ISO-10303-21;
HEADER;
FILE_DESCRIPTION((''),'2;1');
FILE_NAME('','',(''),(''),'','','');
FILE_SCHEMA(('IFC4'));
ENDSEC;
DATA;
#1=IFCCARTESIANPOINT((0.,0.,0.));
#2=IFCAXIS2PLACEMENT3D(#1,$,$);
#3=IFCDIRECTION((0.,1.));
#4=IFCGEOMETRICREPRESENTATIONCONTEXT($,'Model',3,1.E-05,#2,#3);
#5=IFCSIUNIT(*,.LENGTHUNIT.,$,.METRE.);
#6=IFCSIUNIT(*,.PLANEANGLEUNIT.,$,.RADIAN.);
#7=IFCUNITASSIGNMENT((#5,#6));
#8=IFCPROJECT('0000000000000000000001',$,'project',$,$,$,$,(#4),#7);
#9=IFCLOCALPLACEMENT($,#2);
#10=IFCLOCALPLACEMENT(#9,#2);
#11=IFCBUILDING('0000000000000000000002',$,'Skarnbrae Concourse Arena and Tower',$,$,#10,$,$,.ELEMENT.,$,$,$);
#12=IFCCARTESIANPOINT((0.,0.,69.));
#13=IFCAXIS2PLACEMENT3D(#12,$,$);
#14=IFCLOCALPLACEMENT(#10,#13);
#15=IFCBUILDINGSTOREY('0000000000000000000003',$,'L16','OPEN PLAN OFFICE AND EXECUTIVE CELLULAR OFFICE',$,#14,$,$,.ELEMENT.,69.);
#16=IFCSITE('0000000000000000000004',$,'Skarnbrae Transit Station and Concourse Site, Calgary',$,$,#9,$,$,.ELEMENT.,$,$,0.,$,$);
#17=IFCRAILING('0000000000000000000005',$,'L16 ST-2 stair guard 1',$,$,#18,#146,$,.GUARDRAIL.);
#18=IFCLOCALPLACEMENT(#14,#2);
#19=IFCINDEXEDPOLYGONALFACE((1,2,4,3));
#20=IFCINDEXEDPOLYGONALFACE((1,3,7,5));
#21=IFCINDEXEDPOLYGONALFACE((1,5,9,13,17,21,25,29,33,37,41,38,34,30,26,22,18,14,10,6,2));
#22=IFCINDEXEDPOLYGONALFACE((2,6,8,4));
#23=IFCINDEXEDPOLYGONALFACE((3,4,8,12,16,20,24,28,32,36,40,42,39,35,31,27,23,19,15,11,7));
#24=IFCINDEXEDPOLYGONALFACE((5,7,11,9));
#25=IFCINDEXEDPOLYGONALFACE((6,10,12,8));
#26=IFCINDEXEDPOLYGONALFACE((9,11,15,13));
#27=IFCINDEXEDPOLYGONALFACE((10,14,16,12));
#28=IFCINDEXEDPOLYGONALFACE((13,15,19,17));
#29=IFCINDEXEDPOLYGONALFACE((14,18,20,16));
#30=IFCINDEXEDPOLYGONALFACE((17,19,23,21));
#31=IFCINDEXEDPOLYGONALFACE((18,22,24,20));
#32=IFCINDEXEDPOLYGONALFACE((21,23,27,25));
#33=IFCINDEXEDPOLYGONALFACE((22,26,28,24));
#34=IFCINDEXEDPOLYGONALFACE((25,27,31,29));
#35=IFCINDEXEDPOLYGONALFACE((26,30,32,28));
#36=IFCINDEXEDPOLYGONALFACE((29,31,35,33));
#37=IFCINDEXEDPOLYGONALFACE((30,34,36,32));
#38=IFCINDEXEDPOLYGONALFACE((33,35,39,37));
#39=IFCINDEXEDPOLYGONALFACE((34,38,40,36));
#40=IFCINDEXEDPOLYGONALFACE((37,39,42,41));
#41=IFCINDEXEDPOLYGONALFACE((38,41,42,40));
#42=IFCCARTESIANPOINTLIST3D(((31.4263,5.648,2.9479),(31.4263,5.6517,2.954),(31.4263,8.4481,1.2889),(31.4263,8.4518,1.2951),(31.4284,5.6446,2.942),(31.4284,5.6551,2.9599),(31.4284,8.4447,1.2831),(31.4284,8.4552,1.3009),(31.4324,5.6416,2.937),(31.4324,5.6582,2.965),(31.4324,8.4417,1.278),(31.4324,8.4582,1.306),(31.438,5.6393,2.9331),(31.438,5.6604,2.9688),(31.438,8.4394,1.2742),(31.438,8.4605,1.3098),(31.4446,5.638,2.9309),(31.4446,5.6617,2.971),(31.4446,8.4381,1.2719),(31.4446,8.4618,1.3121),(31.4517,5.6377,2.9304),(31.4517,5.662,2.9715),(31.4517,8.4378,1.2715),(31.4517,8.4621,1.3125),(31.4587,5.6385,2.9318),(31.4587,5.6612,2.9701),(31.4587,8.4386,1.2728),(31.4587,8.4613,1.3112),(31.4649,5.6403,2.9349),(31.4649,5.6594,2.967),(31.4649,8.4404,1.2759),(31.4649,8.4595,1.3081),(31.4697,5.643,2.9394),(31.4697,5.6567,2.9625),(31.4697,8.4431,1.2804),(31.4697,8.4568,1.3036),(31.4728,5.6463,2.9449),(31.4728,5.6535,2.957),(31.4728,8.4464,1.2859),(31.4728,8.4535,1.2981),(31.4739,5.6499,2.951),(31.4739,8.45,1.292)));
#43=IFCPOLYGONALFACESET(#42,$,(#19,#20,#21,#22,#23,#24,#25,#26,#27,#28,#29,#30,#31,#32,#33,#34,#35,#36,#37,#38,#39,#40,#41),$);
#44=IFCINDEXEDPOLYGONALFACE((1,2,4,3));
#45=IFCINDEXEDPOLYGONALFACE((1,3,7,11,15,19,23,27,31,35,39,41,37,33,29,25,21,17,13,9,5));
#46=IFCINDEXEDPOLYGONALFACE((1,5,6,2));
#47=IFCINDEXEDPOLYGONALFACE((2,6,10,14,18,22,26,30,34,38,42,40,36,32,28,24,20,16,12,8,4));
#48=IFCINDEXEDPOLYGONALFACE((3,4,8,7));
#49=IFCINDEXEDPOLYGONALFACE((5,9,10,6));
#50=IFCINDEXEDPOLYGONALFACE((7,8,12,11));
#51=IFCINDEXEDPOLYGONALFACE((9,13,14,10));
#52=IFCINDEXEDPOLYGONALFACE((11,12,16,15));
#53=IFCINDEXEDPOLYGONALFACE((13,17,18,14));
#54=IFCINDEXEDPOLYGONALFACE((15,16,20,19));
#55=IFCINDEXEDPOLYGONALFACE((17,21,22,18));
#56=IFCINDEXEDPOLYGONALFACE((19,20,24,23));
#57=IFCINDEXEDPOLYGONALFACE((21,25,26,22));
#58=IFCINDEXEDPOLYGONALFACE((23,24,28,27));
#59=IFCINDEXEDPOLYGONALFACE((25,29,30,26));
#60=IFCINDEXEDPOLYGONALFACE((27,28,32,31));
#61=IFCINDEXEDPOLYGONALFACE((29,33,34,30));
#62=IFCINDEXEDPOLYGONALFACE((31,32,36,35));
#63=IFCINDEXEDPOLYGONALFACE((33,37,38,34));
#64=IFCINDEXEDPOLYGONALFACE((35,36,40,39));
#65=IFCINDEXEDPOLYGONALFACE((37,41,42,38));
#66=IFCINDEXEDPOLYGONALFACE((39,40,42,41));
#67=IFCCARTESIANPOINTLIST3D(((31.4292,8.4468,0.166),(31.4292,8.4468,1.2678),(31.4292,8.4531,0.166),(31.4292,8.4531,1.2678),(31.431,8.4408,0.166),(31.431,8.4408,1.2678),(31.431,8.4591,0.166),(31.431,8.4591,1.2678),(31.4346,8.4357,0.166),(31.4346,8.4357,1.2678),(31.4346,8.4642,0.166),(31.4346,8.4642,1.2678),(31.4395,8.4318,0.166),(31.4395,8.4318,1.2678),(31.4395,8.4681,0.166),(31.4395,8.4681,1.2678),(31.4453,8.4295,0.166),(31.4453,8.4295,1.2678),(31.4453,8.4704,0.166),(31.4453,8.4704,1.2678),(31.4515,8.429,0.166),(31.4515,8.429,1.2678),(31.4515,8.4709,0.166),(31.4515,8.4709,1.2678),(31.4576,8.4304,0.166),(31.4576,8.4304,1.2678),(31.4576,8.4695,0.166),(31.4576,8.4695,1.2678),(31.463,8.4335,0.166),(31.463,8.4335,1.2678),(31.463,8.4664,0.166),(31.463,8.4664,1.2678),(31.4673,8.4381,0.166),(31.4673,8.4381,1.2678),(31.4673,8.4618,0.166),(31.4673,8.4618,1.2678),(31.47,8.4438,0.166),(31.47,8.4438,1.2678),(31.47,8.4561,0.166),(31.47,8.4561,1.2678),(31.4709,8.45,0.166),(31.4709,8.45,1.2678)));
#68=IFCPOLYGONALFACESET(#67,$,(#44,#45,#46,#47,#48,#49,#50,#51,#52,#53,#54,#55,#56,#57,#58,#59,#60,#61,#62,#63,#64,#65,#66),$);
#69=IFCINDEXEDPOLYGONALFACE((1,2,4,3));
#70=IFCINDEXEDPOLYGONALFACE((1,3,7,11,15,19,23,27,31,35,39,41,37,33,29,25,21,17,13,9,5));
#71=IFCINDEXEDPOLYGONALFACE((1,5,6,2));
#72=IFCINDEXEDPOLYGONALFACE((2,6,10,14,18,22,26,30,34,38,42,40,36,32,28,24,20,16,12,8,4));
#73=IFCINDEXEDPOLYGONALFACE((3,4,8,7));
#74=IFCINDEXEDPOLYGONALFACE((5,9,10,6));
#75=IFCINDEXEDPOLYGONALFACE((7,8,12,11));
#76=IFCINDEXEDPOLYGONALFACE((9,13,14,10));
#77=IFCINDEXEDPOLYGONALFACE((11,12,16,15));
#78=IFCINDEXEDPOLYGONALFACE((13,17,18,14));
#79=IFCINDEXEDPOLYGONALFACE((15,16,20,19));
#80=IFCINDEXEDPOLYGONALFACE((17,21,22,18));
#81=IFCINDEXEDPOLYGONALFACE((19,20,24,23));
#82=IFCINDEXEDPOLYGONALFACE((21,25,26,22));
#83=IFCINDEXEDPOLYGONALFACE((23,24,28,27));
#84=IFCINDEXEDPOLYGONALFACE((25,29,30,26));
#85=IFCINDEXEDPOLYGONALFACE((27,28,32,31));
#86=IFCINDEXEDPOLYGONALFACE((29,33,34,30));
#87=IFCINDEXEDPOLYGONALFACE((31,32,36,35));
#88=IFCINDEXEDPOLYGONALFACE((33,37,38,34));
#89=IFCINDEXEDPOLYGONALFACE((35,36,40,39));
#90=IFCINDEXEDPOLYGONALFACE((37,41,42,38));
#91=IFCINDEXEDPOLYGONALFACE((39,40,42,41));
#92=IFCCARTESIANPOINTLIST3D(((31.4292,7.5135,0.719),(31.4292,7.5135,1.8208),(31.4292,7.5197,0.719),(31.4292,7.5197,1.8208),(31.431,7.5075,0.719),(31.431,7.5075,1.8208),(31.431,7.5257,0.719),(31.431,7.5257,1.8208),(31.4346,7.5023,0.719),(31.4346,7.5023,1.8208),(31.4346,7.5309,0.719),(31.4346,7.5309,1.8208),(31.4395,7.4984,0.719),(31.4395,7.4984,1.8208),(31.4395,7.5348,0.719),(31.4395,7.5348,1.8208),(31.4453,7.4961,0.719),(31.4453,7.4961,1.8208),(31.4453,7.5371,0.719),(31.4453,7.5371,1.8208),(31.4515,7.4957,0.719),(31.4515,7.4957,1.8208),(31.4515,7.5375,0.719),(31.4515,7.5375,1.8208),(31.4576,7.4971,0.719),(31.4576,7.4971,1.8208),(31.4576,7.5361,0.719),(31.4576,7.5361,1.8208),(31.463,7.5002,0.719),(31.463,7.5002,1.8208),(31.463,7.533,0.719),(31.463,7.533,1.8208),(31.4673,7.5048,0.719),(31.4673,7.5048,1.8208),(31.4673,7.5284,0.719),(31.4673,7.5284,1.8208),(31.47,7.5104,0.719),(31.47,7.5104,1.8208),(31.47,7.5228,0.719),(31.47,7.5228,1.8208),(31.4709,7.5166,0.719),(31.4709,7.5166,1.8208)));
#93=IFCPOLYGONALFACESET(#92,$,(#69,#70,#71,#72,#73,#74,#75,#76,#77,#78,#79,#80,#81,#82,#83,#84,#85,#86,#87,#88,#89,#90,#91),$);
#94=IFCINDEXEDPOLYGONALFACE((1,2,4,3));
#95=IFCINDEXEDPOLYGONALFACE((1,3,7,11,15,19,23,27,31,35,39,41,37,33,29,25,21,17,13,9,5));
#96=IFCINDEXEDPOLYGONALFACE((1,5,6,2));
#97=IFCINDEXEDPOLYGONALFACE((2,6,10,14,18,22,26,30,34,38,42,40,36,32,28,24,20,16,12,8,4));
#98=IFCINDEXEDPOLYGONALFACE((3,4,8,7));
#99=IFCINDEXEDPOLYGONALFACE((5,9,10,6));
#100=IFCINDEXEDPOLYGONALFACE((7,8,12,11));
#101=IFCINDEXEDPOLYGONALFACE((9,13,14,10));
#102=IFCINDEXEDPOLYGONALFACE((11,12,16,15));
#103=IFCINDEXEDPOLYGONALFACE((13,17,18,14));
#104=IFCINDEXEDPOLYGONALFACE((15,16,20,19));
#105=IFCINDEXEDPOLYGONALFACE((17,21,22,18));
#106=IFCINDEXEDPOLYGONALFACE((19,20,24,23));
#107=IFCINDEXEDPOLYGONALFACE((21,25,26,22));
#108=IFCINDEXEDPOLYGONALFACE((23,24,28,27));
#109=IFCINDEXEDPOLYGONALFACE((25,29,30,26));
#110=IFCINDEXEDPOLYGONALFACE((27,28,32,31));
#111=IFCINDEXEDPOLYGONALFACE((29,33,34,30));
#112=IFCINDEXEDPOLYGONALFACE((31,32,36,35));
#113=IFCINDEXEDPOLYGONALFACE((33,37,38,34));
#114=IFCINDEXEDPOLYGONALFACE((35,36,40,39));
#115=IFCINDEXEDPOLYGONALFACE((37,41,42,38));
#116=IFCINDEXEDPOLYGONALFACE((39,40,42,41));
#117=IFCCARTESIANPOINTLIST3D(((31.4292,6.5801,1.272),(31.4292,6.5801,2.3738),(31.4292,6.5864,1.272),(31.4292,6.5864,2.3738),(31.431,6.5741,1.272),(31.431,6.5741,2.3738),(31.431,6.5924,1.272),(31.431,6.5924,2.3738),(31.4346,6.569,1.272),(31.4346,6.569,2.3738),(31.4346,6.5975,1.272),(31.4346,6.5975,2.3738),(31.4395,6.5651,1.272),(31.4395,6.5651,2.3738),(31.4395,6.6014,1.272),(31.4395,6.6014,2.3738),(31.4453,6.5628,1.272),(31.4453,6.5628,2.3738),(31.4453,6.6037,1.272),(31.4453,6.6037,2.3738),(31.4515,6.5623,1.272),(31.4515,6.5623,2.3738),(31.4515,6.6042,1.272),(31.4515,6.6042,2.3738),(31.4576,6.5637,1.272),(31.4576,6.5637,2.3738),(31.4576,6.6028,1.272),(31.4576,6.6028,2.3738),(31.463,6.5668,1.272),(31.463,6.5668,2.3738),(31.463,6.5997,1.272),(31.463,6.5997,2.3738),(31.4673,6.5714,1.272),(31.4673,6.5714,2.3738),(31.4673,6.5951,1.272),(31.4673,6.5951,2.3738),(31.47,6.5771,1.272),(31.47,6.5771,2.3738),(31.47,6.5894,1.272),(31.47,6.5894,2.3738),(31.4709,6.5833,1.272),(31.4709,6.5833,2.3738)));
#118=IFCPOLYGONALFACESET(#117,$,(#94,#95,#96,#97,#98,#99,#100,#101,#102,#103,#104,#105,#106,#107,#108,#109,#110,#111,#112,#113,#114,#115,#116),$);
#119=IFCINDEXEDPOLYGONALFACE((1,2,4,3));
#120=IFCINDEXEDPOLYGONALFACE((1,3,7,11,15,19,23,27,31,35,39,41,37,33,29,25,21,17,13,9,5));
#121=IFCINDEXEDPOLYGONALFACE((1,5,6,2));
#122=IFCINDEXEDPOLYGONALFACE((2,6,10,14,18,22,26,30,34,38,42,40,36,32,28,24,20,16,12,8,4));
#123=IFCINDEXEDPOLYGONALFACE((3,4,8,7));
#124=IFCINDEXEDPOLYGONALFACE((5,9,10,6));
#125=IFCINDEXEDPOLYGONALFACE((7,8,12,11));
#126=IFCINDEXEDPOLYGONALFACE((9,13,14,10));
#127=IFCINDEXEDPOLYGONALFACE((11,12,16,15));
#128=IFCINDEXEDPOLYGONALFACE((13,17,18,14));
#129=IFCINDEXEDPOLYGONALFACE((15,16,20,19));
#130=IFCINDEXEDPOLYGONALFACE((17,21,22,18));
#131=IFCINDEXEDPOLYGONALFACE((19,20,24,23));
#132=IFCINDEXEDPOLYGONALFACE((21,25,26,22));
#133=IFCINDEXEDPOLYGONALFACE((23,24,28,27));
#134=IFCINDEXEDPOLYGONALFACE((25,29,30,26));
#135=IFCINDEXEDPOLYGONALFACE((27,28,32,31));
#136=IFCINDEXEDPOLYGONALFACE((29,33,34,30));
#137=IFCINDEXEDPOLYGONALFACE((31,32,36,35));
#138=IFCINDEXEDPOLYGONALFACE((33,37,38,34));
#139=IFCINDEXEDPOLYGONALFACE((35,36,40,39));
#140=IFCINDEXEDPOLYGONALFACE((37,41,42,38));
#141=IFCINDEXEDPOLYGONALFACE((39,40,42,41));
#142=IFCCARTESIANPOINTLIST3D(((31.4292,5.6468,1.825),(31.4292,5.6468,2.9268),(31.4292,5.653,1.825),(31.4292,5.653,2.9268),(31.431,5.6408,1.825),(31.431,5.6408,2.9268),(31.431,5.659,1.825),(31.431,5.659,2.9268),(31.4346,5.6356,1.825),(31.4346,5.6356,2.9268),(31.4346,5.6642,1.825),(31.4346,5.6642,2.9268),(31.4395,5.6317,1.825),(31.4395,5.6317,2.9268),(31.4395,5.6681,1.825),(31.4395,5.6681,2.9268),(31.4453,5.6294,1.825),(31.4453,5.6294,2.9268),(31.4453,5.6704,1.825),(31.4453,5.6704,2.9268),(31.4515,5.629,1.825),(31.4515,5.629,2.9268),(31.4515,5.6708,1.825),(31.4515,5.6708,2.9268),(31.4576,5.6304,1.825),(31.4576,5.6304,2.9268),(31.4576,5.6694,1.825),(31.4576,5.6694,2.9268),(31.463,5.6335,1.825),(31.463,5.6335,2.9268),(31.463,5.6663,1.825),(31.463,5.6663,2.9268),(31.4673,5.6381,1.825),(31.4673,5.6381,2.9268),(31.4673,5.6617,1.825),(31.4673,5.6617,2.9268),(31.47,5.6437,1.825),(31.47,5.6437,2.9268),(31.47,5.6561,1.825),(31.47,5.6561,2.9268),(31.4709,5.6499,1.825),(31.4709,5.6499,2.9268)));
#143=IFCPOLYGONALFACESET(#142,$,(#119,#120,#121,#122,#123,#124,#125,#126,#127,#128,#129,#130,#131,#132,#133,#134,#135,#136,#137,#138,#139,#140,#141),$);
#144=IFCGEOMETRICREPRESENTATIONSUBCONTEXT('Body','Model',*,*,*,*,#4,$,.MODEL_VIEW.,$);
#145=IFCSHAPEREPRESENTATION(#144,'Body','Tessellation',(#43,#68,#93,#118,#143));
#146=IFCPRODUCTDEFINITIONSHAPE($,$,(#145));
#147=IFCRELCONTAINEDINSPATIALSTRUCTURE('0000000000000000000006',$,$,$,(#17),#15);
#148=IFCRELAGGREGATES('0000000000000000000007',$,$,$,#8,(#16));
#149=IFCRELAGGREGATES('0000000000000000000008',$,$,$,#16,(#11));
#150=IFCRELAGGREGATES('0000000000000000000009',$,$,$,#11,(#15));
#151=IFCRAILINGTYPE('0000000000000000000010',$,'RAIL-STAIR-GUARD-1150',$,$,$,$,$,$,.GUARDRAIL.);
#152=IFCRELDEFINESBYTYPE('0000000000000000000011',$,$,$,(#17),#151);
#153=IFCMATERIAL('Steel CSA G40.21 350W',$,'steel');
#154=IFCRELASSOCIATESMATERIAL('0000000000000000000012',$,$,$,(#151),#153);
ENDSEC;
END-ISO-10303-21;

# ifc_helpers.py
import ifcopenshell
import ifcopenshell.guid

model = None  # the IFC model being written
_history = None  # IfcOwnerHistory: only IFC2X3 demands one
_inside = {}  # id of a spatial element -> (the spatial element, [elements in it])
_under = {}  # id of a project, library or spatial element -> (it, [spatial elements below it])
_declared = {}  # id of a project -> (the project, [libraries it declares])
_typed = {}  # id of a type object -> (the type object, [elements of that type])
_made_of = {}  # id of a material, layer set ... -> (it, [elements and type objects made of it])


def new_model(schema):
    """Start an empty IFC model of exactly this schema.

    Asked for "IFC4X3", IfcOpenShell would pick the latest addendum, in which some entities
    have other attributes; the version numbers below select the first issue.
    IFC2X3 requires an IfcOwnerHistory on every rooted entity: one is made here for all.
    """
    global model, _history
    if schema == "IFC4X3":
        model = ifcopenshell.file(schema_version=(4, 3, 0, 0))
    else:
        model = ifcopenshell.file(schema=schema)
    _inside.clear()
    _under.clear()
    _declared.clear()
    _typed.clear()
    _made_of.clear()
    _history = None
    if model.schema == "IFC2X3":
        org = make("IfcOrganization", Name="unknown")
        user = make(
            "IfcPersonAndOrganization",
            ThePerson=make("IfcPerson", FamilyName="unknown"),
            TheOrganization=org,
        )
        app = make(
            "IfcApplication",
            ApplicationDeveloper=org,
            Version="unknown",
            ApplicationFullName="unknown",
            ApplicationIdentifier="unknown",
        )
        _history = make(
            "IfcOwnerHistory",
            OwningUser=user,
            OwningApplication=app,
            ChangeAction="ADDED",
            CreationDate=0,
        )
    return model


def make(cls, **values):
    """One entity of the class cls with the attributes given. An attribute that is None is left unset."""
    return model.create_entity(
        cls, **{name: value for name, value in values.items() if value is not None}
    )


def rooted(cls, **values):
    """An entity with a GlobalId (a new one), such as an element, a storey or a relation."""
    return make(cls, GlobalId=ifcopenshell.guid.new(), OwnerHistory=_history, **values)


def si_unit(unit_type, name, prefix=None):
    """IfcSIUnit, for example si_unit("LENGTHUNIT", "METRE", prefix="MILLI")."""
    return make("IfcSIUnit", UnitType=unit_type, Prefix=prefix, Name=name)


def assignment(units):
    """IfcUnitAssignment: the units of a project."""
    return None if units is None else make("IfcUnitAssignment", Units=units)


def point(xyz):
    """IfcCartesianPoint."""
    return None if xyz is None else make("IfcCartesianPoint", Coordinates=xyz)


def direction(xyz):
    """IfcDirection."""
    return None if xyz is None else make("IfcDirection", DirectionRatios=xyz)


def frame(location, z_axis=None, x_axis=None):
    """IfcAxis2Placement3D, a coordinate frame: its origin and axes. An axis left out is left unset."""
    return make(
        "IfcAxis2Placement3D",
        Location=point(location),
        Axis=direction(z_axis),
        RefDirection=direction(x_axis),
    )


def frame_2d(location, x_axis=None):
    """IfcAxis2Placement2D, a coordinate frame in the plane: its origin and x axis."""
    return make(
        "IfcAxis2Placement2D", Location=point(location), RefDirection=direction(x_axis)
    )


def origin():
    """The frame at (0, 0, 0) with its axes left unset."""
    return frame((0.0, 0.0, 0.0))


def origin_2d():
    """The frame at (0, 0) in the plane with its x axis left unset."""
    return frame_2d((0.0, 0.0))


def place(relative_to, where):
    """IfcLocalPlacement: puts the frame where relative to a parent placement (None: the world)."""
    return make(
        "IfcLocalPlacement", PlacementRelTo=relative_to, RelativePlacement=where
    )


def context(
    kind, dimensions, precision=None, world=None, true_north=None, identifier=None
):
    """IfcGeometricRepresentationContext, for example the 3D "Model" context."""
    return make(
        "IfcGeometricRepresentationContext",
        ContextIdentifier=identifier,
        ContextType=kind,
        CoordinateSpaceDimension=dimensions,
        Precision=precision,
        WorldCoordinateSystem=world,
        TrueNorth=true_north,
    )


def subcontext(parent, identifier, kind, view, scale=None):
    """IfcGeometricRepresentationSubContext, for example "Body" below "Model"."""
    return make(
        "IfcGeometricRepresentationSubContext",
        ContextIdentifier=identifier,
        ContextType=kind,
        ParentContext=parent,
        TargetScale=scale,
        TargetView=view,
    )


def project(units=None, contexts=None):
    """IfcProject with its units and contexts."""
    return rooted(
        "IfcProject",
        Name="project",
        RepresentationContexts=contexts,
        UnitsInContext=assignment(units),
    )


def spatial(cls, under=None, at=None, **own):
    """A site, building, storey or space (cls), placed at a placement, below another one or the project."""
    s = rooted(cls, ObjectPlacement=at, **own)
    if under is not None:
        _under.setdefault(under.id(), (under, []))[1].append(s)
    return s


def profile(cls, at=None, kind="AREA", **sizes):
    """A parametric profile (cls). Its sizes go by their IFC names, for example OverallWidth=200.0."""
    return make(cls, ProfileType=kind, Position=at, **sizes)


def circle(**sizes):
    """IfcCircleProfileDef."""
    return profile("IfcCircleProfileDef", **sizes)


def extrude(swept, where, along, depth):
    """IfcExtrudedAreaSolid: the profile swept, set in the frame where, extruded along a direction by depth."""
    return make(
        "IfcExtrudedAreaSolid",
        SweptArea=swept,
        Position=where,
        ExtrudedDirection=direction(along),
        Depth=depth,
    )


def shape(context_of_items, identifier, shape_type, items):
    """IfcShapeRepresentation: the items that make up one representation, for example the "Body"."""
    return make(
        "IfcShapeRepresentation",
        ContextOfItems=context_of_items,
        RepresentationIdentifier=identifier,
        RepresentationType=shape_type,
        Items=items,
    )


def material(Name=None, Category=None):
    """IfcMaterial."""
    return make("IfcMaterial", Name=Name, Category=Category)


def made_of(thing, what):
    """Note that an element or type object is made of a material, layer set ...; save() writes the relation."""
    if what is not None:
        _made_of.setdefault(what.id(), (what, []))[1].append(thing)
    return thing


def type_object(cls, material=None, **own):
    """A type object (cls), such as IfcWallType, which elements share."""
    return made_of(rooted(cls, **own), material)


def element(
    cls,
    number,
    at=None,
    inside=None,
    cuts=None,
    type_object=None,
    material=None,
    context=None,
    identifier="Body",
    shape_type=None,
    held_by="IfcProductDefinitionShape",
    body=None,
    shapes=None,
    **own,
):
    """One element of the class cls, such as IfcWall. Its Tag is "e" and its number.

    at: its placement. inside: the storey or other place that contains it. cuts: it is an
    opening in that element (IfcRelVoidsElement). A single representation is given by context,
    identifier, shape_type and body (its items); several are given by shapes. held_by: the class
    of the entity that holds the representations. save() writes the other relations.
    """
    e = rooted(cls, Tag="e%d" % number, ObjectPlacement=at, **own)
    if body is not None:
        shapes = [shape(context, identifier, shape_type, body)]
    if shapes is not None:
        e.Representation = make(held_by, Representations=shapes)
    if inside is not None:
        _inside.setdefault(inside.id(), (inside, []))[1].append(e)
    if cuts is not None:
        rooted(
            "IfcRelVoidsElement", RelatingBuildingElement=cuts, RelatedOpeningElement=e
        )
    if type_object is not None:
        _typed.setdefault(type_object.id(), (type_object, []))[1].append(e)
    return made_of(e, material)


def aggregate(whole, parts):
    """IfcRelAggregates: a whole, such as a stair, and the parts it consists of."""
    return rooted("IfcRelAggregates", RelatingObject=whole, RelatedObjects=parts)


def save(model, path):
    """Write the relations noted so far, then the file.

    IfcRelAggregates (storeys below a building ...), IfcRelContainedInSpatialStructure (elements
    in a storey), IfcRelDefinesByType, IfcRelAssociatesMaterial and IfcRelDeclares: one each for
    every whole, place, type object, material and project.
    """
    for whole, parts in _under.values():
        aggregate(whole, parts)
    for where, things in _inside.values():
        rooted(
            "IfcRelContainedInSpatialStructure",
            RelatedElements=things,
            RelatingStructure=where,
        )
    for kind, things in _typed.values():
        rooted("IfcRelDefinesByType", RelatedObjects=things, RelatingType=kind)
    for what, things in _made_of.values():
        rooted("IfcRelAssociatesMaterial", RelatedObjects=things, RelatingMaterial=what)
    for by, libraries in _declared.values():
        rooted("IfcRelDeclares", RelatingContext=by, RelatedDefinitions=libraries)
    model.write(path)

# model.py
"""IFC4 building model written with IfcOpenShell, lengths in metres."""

from ifc_helpers import new_model, si_unit, direction, frame, origin, origin_2d, place, context, subcontext, project, spatial, circle, extrude, material, type_object, element, save


model = new_model("IFC4")

# Units and contexts
model_context = context("Model", 3, precision=1e-05, world=origin(), true_north=direction((0.0, 1.0)))
body_context = subcontext(model_context, "Body", "Model", "MODEL_VIEW")
ifc_project = project(units=[si_unit("LENGTHUNIT", "METRE"), si_unit("PLANEANGLEUNIT", "RADIAN")], contexts=[model_context])

# Site, building, storey
site_placement = place(None, origin())
site = spatial("IfcSite", under=ifc_project, at=site_placement, Name="Skarnbrae Transit Station and Concourse Site, Calgary", CompositionType="ELEMENT", RefElevation=0.0)
building_placement = place(site_placement, origin())
building = spatial("IfcBuilding", under=site, at=building_placement, Name="Skarnbrae Concourse Arena and Tower", CompositionType="ELEMENT")
storey_placement = place(building_placement, frame((0.0, 0.0, 69.0)))
storey = spatial("IfcBuildingStorey", under=building, at=storey_placement, Name="L16", Description="OPEN PLAN OFFICE AND EXECUTIVE CELLULAR OFFICE", CompositionType="ELEMENT", Elevation=69.0)

# Shared definitions
ifc_material_1 = material(Name="Steel CSA G40.21 350W", Category="steel")

# Railing
railing_type_1 = type_object("IfcRailingType", Name="RAIL-STAIR-GUARD-1150", PredefinedType="GUARDRAIL", material=ifc_material_1)
railing_1_placement = place(storey_placement, frame((31.45, 8.45, 0.166)))
element("IfcRailing", 1, at=railing_1_placement, inside=storey, type_object=railing_type_1, Name="L16 ST-2 stair guard 1", PredefinedType="GUARDRAIL", context=body_context, shape_type="SweptSolid", body=[
    extrude(circle(Radius=0.0239, at=origin_2d()), frame((0.0, 0.0, 1.126), z_axis=(0.0, -0.860339, 0.509722), x_axis=(1.0, 0.0, 0.0)), (0.0, 0.0, 1.0), 3.2546),
    extrude(circle(Radius=0.021, at=origin_2d()), origin(), (0.0, 0.0, 1.0), 1.1018),
    extrude(circle(Radius=0.021, at=origin_2d()), frame((0.0, -0.9333, 0.553)), (0.0, 0.0, 1.0), 1.1018),
    extrude(circle(Radius=0.021, at=origin_2d()), frame((0.0, -1.8667, 1.106)), (0.0, 0.0, 1.0), 1.1018),
    extrude(circle(Radius=0.021, at=origin_2d()), frame((0.0, -2.8, 1.6589)), (0.0, 0.0, 1.0), 1.1018),
])

save(model, "model.ifc")
